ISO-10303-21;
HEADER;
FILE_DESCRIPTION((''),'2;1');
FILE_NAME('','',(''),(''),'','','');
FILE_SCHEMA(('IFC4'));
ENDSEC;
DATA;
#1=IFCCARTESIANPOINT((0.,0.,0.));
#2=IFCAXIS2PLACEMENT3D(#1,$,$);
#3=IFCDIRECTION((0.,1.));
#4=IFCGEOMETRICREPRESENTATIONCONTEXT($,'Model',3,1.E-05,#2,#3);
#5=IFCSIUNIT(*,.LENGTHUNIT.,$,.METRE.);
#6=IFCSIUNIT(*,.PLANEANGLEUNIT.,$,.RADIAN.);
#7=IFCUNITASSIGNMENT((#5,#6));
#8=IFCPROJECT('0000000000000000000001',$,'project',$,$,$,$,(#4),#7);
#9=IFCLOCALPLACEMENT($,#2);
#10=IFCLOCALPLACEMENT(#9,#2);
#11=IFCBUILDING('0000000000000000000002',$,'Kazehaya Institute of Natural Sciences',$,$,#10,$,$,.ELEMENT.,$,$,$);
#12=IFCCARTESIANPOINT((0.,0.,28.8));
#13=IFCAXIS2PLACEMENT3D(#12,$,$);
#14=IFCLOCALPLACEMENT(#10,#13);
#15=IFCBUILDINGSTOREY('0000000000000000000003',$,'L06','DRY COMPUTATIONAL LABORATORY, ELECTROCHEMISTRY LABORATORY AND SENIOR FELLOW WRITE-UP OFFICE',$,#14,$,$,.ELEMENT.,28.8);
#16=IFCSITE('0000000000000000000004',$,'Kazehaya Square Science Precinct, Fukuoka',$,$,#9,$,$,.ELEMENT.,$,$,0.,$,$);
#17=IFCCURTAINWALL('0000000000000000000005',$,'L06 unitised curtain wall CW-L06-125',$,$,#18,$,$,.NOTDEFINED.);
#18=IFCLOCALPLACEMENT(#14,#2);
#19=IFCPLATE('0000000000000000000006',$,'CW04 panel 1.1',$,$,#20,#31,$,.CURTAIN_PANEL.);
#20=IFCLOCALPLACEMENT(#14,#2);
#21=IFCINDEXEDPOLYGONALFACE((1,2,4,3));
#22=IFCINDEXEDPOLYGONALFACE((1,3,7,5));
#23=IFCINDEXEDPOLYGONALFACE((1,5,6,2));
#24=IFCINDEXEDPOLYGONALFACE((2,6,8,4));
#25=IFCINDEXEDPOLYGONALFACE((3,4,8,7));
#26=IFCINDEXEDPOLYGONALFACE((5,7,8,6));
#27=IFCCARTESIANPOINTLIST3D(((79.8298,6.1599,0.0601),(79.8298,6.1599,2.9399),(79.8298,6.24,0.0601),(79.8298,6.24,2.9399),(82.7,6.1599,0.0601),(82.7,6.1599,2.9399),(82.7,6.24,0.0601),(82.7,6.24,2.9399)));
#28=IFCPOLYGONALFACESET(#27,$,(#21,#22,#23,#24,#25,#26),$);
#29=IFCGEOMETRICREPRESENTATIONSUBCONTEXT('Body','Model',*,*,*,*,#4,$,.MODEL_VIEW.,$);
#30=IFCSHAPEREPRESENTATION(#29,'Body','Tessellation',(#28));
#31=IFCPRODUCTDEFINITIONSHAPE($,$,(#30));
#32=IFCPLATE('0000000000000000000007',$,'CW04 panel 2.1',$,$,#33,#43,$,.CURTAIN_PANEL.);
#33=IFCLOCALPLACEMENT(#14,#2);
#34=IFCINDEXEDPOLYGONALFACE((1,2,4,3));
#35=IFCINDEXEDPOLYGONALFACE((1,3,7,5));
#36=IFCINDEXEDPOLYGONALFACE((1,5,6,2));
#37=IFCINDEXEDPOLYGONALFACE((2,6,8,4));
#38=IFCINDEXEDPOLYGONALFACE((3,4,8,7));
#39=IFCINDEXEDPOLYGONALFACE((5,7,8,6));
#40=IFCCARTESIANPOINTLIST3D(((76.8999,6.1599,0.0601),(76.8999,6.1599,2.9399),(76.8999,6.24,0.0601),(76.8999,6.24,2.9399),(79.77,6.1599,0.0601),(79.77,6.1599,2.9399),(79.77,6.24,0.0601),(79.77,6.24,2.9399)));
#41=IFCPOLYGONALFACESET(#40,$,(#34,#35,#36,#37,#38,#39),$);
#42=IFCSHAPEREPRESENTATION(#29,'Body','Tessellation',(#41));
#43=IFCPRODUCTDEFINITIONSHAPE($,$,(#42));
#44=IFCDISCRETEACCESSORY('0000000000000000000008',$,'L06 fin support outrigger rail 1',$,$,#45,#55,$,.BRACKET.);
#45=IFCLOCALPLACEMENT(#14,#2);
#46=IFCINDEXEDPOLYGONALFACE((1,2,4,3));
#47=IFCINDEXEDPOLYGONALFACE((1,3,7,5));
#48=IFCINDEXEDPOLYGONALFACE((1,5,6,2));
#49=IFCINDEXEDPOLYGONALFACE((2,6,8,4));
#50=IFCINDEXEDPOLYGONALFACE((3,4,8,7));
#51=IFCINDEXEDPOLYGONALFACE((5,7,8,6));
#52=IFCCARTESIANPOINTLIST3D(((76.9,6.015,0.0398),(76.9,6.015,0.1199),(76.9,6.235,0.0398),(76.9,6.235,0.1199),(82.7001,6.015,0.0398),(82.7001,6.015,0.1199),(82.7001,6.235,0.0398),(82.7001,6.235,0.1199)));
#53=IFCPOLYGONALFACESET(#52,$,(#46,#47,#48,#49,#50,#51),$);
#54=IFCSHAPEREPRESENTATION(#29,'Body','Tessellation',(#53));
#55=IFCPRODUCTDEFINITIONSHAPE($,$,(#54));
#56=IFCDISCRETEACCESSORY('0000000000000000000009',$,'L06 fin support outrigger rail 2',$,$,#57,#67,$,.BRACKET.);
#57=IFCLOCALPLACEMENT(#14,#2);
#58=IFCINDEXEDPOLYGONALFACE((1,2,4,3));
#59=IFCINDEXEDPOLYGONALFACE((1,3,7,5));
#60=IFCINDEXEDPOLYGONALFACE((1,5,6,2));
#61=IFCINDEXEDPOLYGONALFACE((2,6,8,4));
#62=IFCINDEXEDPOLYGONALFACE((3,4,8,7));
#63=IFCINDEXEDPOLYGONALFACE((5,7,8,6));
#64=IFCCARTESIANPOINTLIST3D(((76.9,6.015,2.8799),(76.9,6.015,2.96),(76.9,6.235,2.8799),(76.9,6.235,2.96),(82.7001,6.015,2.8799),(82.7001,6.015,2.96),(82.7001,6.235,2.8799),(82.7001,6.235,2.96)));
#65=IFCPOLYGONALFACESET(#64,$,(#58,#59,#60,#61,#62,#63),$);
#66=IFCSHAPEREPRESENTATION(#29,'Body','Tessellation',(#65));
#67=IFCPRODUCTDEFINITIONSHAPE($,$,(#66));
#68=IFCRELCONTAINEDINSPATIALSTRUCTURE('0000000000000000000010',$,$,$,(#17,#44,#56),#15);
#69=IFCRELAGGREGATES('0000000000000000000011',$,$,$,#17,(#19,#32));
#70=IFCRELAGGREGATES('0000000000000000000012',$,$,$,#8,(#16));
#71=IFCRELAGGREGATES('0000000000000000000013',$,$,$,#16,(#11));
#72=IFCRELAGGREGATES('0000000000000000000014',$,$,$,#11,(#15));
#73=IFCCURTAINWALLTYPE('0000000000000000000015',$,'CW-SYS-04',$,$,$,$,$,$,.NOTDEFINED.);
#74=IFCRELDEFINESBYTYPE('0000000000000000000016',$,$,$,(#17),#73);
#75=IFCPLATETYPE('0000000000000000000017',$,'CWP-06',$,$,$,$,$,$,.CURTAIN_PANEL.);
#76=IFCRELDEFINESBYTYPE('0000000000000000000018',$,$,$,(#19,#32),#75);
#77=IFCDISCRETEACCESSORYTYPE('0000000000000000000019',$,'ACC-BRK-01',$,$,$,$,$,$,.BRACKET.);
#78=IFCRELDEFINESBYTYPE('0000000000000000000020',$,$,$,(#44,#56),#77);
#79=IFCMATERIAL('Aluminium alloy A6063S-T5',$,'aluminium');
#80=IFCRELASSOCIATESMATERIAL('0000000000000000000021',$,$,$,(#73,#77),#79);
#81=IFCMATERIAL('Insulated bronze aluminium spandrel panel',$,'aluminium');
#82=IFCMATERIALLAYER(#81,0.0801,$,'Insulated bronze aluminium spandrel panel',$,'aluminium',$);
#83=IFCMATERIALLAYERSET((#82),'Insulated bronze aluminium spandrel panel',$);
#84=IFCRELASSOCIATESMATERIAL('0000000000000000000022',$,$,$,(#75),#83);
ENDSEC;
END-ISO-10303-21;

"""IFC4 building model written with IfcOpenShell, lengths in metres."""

from ifc_helpers import new_model, si_unit, direction, frame, origin, origin_2d, place, context, subcontext, project, spatial, rectangle, extrude, material, layer, layer_set, type_object, element, aggregate, save


model = new_model("IFC4")

# Units and contexts
model_context = context("Model", 3, precision=1e-05, world=origin(), true_north=direction((0.0, 1.0)))
body_context = subcontext(model_context, "Body", "Model", "MODEL_VIEW")
ifc_project = project(units=[si_unit("LENGTHUNIT", "METRE"), si_unit("PLANEANGLEUNIT", "RADIAN")], contexts=[model_context])

# Site, building, storey
site_placement = place(None, origin())
site = spatial("IfcSite", under=ifc_project, at=site_placement, Name="Kazehaya Square Science Precinct, Fukuoka", CompositionType="ELEMENT", RefElevation=0.0)
building_placement = place(site_placement, origin())
building = spatial("IfcBuilding", under=site, at=building_placement, Name="Kazehaya Institute of Natural Sciences", CompositionType="ELEMENT")
storey_placement = place(building_placement, frame((0.0, 0.0, 28.8)))
storey = spatial("IfcBuildingStorey", under=building, at=storey_placement, Name="L06", Description="DRY COMPUTATIONAL LABORATORY, ELECTROCHEMISTRY LABORATORY AND SENIOR FELLOW WRITE-UP OFFICE", CompositionType="ELEMENT", Elevation=28.8)

# Shared definitions
ifc_material_1 = material(Name="Aluminium alloy A6063S-T5", Category="aluminium")
curtain_wall_type = type_object("IfcCurtainWallType", Name="CW-SYS-04", PredefinedType="NOTDEFINED", material=ifc_material_1)

# Curtain wall, plates
curtain_wall_1_placement = place(storey_placement, origin())
curtain_wall_1 = element("IfcCurtainWall", 1, at=curtain_wall_1_placement, inside=storey, type_object=curtain_wall_type, Name="L06 unitised curtain wall CW-L06-125", PredefinedType="NOTDEFINED")
ifc_material_2 = material(Name="Insulated bronze aluminium spandrel panel", Category="aluminium")
ifc_layer = layer(ifc_material_2, 0.0801, Name="Insulated bronze aluminium spandrel panel", Category="aluminium")
ifc_layer_set = layer_set([ifc_layer], Name="Insulated bronze aluminium spandrel panel")
plate_type = type_object("IfcPlateType", Name="CWP-06", PredefinedType="CURTAIN_PANEL", material=ifc_layer_set)
plate_1_placement = place(storey_placement, frame((81.2649, 6.2, 0.0601), z_axis=(0.0, 0.0, 1.0), x_axis=(-1.0, 0.0, 0.0)))
plate_1 = element("IfcPlate", 2, at=plate_1_placement, type_object=plate_type, Name="CW04 panel 1.1", PredefinedType="CURTAIN_PANEL", context=body_context, shape_type="SweptSolid", body=[
    extrude(rectangle(XDim=2.8701, YDim=0.0801, at=origin_2d()), origin(), (0.0, 0.0, 1.0), 2.8799),
])
plate_2_placement = place(storey_placement, frame((78.335, 6.2, 0.0601), z_axis=(0.0, 0.0, 1.0), x_axis=(-1.0, 0.0, 0.0)))
plate_2 = element("IfcPlate", 3, at=plate_2_placement, type_object=plate_type, Name="CW04 panel 2.1", PredefinedType="CURTAIN_PANEL", context=body_context, shape_type="SweptSolid", body=[
    extrude(rectangle(XDim=2.8701, YDim=0.0801, at=origin_2d()), origin(), (0.0, 0.0, 1.0), 2.8799),
])
aggregate(curtain_wall_1, [plate_1, plate_2])

# Discrete accessories
discrete_accessory_type = type_object("IfcDiscreteAccessoryType", Name="ACC-BRK-01", PredefinedType="BRACKET", material=ifc_material_1)
for number, where, z_axis, x_axis, name in (
    (4, (79.8, 6.125, 0.0398), (0.0, 0.0, 1.0), (-1.0, 0.0, 0.0), "L06 fin support outrigger rail 1"),
    (5, (79.8, 6.125, 2.8799), (0.0, 0.0, 1.0), (-1.0, 0.0, 0.0), "L06 fin support outrigger rail 2"),
):
    element("IfcDiscreteAccessory", number, at=place(storey_placement, frame(where, z_axis=z_axis, x_axis=x_axis)), inside=storey, type_object=discrete_accessory_type, Name=name, PredefinedType="BRACKET", context=body_context, shape_type="SweptSolid", body=[
        extrude(rectangle(XDim=5.8, YDim=0.22, at=origin_2d()), origin(), (0.0, 0.0, 1.0), 0.0801),
    ])

save(model, "model.ifc")
